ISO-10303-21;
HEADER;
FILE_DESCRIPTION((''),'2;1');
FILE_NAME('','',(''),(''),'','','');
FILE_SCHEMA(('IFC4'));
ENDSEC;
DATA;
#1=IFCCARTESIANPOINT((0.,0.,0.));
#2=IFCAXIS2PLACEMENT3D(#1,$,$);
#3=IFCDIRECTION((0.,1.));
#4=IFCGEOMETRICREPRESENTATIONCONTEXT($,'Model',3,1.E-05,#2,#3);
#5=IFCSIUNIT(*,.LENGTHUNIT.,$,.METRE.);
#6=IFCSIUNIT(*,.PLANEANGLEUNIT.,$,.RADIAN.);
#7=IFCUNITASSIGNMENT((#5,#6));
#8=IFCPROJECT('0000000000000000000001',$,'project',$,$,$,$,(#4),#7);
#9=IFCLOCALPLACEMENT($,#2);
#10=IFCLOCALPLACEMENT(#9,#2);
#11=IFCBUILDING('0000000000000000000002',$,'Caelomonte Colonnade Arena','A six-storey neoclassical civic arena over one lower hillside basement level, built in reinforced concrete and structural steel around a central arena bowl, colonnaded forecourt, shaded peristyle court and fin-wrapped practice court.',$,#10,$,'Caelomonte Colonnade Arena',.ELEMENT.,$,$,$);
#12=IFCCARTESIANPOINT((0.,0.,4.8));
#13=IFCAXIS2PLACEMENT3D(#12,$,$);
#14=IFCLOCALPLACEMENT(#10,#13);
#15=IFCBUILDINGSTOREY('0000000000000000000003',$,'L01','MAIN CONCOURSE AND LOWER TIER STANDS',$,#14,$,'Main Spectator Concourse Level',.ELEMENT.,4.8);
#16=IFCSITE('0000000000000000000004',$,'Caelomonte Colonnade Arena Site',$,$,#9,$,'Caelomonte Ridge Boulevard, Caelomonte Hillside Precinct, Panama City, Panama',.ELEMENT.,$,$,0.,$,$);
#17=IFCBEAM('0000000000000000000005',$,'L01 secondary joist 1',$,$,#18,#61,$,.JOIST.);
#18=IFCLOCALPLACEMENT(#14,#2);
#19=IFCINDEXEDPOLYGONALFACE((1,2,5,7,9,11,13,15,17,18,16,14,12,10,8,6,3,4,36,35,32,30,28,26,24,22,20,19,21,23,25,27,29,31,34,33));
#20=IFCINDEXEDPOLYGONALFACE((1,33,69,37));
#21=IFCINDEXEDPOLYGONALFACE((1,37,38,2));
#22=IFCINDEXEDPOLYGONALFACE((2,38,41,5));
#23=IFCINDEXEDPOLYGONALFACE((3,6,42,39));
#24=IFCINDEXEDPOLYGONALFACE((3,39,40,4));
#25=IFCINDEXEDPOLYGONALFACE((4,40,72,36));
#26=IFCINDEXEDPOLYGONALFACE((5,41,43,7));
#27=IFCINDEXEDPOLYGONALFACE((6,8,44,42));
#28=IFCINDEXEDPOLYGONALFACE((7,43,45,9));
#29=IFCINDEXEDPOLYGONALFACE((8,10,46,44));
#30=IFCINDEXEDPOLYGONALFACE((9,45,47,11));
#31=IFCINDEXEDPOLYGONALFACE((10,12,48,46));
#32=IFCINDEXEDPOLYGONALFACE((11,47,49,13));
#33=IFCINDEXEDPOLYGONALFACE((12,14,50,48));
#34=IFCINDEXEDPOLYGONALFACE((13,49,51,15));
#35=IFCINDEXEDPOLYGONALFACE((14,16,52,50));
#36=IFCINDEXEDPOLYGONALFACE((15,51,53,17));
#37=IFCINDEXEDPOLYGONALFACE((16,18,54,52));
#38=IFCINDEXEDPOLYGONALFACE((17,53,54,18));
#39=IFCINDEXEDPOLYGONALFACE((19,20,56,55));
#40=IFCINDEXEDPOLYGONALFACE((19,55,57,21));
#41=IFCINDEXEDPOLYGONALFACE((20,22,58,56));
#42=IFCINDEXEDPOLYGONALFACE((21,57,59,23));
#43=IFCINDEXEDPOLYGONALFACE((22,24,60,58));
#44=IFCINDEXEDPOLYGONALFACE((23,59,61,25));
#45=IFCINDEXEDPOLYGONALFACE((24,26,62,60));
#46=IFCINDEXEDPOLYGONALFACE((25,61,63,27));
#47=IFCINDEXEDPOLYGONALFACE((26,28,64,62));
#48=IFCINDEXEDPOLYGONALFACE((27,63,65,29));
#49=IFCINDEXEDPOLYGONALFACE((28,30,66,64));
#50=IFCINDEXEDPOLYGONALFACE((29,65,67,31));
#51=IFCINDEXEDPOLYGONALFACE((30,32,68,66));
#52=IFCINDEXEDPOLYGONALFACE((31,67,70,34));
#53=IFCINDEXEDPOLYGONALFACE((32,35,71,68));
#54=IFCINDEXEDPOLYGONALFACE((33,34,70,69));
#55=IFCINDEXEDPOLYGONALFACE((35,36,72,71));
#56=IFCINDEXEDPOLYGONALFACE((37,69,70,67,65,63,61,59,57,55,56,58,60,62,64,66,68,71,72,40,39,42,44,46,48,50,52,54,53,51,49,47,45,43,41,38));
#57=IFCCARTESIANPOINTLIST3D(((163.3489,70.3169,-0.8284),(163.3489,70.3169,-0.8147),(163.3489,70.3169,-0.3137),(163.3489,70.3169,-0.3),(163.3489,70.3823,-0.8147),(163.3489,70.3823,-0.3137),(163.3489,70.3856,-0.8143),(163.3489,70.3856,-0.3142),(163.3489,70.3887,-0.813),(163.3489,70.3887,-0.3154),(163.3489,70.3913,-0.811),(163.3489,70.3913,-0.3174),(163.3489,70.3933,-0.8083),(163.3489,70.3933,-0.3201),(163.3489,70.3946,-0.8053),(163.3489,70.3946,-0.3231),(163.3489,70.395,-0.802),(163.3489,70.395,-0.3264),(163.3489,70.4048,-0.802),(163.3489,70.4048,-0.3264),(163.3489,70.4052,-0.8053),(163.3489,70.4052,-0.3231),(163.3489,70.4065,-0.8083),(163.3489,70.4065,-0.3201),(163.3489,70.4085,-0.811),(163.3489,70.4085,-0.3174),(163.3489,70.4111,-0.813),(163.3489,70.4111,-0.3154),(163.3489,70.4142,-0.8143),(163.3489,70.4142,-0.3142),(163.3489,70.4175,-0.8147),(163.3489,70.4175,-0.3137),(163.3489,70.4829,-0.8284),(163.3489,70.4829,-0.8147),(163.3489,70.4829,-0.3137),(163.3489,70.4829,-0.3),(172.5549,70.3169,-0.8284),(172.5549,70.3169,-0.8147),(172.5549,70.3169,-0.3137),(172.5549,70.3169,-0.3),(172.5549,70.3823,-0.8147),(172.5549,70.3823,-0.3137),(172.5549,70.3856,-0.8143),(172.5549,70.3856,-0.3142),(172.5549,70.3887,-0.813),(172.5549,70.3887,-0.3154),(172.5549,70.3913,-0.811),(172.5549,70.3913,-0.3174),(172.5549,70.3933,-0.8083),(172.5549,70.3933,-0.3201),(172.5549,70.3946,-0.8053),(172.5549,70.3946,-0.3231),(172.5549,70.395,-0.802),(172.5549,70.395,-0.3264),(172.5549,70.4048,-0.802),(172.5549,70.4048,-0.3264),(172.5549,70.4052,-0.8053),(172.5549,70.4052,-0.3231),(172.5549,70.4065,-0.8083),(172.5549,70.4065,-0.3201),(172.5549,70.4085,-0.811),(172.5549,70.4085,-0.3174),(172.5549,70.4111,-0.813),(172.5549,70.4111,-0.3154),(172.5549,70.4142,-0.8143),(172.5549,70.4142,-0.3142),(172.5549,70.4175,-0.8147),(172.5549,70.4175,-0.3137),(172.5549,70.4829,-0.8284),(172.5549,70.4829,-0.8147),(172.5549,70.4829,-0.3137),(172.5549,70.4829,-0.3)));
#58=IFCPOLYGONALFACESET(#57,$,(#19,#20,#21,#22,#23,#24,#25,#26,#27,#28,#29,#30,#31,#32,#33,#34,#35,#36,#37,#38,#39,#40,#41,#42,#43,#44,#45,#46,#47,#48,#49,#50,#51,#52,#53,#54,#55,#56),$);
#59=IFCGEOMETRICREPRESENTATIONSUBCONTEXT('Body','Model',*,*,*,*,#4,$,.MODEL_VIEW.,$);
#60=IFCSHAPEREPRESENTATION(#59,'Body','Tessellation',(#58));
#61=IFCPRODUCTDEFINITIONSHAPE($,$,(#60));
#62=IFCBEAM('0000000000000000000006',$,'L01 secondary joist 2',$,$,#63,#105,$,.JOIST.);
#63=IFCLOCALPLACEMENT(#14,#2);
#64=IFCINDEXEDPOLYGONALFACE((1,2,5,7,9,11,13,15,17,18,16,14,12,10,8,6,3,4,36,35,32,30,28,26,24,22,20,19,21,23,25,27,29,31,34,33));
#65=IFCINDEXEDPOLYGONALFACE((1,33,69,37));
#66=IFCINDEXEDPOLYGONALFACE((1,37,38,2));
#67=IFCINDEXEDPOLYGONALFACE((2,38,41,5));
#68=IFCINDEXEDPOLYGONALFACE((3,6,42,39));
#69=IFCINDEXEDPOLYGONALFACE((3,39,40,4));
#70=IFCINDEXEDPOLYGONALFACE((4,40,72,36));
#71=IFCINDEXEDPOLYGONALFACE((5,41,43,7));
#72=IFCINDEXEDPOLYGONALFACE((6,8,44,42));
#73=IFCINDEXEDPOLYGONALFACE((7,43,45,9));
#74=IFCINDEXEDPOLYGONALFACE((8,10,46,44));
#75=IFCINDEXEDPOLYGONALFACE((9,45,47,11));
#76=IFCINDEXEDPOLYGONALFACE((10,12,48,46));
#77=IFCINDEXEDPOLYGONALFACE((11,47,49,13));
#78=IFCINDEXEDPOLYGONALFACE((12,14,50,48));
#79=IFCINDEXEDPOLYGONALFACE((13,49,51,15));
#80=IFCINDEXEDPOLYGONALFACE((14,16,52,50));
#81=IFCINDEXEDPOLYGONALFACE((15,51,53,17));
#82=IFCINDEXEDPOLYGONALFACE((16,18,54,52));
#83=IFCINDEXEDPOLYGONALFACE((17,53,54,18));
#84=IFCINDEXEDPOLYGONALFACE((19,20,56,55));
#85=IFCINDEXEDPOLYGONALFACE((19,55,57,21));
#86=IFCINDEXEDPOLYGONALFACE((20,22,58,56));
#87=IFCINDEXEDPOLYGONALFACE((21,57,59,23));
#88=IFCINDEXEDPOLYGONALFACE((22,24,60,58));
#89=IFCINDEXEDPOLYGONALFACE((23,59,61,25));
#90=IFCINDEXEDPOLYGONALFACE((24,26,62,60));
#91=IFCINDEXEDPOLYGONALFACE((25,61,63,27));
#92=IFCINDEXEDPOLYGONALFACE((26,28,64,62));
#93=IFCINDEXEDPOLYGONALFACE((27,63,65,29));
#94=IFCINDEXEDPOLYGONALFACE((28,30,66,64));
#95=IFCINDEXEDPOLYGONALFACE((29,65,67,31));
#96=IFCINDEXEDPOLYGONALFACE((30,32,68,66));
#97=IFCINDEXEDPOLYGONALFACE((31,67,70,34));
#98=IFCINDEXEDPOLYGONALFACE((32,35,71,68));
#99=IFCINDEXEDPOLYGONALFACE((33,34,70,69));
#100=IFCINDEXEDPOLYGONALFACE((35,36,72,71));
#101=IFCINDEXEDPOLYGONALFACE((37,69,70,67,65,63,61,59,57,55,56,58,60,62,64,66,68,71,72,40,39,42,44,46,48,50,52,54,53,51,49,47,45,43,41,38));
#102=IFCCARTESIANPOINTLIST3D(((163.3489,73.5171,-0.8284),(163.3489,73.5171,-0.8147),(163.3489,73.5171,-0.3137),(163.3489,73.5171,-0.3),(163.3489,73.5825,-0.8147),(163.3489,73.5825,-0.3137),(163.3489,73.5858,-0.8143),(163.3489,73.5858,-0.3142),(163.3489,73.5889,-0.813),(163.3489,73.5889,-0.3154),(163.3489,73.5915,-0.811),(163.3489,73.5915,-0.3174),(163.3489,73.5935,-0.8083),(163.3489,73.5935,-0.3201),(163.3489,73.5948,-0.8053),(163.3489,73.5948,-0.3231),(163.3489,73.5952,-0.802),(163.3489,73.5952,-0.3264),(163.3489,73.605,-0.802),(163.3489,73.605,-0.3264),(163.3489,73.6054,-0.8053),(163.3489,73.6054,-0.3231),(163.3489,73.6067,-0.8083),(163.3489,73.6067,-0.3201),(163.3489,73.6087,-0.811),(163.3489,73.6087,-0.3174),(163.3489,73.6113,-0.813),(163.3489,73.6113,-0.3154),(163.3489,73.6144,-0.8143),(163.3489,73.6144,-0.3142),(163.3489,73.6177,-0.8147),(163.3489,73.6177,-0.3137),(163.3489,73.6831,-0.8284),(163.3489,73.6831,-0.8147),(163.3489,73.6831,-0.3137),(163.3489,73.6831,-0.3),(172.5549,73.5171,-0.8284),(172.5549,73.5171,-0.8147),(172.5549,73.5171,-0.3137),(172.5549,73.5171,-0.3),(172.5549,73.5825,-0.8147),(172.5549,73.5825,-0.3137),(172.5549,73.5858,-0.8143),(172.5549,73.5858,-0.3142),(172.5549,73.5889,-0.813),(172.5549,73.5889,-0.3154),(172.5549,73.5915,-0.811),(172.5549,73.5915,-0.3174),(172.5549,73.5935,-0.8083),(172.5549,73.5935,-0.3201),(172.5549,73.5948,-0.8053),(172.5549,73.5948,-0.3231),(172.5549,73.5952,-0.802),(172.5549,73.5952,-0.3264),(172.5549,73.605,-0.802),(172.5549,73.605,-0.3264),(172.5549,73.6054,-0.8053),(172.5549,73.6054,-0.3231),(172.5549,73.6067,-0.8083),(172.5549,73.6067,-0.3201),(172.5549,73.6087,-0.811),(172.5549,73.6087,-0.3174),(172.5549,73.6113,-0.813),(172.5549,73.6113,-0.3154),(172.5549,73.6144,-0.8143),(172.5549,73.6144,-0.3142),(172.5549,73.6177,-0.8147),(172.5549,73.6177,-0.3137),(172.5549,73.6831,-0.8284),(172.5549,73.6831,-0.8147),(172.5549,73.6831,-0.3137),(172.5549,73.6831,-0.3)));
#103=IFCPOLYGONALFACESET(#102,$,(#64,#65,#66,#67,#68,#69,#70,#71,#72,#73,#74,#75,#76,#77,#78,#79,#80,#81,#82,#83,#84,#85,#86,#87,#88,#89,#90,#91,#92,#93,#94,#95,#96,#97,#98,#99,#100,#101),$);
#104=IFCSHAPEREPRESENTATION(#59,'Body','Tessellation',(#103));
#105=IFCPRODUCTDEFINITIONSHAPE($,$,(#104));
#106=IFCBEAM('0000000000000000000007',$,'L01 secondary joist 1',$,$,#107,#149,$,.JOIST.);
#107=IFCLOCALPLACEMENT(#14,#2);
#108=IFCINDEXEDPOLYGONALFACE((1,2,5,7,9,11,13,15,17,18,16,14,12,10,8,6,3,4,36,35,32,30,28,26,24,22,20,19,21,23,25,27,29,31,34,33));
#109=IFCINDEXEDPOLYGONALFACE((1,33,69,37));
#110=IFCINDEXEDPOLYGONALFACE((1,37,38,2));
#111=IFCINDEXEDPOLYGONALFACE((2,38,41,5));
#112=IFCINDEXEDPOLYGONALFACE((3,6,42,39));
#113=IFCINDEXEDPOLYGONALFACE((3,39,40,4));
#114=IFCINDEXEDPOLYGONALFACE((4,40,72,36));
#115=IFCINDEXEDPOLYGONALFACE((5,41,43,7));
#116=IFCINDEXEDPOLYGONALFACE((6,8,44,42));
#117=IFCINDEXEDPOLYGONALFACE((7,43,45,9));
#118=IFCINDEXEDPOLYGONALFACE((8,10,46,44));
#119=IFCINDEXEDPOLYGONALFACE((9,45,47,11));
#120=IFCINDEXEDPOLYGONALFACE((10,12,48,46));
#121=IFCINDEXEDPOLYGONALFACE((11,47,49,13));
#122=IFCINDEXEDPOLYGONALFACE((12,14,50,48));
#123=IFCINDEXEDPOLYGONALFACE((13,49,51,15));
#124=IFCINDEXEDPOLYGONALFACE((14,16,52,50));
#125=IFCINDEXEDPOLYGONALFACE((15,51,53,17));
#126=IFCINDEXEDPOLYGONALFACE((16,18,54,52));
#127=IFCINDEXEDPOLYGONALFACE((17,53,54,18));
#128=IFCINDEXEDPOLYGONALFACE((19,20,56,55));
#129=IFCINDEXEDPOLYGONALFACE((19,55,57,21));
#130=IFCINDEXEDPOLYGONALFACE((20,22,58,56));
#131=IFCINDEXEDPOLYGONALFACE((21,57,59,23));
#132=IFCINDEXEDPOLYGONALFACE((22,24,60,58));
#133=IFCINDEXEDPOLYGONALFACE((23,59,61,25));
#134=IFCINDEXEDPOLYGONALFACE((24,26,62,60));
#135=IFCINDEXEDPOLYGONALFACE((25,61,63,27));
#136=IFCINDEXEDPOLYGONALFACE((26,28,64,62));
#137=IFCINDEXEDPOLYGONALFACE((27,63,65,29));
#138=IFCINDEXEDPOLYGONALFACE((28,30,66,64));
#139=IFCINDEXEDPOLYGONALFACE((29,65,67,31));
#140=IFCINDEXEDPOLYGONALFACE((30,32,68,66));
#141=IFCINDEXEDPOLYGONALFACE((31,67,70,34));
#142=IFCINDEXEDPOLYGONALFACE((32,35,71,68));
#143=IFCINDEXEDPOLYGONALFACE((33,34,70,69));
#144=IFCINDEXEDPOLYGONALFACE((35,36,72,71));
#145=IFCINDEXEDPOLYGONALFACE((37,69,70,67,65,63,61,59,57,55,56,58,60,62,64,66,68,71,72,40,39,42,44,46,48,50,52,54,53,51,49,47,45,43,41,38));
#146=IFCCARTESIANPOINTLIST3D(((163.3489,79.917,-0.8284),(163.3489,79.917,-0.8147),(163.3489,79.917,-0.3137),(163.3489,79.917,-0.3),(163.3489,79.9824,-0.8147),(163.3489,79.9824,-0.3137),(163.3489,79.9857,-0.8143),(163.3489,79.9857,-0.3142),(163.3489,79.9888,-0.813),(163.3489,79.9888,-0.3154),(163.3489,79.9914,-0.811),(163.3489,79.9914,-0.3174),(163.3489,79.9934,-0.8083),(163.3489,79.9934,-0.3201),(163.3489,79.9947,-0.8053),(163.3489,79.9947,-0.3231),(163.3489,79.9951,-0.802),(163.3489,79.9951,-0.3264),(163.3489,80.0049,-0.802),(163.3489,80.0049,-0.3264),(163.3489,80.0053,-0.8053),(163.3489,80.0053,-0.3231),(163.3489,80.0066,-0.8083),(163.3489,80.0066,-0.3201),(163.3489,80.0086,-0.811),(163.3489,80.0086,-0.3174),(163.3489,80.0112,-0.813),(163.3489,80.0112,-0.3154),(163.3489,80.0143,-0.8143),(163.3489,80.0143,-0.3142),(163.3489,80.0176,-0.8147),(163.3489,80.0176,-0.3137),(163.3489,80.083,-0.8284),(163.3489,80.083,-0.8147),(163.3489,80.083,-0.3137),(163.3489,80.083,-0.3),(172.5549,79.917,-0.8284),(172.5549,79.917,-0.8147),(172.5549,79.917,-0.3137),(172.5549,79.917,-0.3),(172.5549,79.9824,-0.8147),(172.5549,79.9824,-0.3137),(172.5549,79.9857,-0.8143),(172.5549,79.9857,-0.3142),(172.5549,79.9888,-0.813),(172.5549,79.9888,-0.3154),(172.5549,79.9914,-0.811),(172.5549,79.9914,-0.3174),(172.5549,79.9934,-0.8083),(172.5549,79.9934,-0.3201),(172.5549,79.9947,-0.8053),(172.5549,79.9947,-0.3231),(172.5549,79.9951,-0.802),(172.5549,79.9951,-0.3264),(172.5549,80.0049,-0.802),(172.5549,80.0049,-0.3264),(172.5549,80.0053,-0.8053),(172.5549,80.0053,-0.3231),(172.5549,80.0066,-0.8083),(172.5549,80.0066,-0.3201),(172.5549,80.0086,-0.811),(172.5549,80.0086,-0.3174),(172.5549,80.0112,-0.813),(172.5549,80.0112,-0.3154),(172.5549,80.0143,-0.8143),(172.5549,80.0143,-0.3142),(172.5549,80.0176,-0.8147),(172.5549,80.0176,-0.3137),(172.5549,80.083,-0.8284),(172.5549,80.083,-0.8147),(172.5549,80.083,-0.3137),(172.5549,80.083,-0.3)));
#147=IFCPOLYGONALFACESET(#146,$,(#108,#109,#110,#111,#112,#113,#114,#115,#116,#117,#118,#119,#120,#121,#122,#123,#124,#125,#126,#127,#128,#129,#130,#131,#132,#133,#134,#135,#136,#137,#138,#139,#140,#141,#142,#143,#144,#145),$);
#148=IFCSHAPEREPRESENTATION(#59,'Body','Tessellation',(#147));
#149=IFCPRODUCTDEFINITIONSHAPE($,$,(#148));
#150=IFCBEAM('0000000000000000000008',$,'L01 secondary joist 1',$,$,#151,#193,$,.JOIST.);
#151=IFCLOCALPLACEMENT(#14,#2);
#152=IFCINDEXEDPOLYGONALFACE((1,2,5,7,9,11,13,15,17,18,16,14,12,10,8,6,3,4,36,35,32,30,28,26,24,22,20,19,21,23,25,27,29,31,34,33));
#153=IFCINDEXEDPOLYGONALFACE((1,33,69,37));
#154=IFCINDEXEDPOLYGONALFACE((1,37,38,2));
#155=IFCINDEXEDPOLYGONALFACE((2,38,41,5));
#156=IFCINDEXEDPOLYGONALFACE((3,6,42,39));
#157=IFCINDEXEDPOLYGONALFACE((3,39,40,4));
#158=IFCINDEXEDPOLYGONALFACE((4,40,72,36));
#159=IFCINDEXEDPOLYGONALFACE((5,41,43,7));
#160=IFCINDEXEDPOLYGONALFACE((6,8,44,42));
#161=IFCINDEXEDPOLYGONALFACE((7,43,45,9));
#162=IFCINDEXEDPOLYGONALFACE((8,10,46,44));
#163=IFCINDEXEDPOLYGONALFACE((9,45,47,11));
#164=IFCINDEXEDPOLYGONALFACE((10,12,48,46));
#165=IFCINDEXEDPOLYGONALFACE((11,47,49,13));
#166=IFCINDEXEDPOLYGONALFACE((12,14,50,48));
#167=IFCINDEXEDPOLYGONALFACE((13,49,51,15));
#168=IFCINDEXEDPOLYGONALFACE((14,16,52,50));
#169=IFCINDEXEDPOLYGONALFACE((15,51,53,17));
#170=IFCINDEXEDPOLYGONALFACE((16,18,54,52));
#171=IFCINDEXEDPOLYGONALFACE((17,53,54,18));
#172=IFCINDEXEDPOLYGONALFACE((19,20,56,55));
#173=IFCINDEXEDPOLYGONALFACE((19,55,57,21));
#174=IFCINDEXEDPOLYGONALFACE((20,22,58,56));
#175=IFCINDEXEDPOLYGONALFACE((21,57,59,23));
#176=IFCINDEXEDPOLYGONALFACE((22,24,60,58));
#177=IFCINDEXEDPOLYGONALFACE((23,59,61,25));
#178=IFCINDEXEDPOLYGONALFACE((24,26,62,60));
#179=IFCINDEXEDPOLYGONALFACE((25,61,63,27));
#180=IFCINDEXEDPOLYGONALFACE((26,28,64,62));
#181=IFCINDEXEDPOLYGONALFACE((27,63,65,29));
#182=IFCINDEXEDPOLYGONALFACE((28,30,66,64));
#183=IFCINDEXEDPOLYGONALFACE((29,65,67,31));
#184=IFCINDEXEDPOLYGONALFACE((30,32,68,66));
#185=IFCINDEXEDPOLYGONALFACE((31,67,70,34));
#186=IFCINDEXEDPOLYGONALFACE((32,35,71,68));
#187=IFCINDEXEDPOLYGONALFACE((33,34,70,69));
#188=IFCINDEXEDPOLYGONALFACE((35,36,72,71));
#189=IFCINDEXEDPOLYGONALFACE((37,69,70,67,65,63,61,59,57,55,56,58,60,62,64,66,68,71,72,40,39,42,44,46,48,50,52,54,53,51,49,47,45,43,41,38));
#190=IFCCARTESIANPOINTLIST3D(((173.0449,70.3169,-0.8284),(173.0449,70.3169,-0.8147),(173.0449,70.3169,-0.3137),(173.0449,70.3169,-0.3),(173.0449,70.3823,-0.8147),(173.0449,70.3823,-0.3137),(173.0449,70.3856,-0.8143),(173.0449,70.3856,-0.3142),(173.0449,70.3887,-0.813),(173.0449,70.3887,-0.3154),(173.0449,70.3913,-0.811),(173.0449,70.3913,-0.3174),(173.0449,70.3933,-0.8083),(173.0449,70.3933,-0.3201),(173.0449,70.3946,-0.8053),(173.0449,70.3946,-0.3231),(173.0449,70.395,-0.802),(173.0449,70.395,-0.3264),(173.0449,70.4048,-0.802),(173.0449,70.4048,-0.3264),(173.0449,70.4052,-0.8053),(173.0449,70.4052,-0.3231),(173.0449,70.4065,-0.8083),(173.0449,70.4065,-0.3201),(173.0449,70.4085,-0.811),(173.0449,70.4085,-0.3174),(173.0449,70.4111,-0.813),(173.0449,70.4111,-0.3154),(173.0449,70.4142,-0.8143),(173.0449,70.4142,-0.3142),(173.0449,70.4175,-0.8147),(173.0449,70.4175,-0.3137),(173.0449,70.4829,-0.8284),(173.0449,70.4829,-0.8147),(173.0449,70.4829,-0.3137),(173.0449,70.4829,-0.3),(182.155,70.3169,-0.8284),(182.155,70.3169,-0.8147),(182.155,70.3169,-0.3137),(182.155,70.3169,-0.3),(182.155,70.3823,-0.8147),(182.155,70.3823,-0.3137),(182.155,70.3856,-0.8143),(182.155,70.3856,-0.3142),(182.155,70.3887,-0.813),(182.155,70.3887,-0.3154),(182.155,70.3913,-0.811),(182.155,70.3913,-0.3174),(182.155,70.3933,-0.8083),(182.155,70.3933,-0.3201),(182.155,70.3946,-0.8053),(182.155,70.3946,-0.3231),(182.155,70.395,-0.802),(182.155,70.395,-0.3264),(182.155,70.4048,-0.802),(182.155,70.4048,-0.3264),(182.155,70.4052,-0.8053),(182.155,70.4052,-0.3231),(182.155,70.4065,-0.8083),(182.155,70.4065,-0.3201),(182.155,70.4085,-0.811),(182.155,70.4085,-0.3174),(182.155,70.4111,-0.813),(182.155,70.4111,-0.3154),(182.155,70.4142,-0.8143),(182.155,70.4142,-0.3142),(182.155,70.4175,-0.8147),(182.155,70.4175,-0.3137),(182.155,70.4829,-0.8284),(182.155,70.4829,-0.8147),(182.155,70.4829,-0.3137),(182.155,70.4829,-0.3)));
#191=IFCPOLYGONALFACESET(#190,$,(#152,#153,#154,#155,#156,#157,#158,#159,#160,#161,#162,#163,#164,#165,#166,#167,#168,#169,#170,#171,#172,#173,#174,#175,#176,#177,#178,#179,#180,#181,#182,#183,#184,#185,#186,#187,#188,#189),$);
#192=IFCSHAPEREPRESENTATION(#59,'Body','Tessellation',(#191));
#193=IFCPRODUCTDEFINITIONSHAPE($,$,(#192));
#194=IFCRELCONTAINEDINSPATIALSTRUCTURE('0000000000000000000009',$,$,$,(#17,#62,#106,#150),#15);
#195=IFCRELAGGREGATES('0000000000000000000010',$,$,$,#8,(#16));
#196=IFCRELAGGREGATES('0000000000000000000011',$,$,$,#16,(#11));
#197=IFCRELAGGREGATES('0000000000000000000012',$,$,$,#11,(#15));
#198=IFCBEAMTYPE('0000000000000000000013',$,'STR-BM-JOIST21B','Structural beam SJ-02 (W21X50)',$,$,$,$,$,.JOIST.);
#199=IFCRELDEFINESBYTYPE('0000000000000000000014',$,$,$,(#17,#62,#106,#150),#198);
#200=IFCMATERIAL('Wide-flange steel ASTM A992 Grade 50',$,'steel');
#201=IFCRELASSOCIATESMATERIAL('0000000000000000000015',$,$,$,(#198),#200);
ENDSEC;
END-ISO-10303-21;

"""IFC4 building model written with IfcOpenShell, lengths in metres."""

from ifc_helpers import new_model, si_unit, direction, frame, origin, origin_2d, place, context, subcontext, project, spatial, i_section, extrude, material, material_profile, profile_set, type_object, element, save


model = new_model("IFC4")

# Units and contexts
model_context = context("Model", 3, precision=1e-05, world=origin(), true_north=direction((0.0, 1.0)))
body_context = subcontext(model_context, "Body", "Model", "MODEL_VIEW")
ifc_project = project(units=[si_unit("LENGTHUNIT", "METRE"), si_unit("PLANEANGLEUNIT", "RADIAN")], contexts=[model_context])

# Site, building, storey
site_placement = place(None, origin())
site = spatial("IfcSite", under=ifc_project, at=site_placement, Name="Caelomonte Colonnade Arena Site", LongName="Caelomonte Ridge Boulevard, Caelomonte Hillside Precinct, Panama City, Panama", CompositionType="ELEMENT", RefElevation=0.0)
building_placement = place(site_placement, origin())
building = spatial("IfcBuilding", under=site, at=building_placement, Name="Caelomonte Colonnade Arena", Description="A six-storey neoclassical civic arena over one lower hillside basement level, built in reinforced concrete and structural steel around a central arena bowl, colonnaded forecourt, shaded peristyle court and fin-wrapped practice court.", LongName="Caelomonte Colonnade Arena", CompositionType="ELEMENT")
storey_placement = place(building_placement, frame((0.0, 0.0, 4.8)))
storey = spatial("IfcBuildingStorey", under=building, at=storey_placement, Name="L01", Description="MAIN CONCOURSE AND LOWER TIER STANDS", LongName="Main Spectator Concourse Level", CompositionType="ELEMENT", Elevation=4.8)

# Beams
ifc_material_1 = material(Name="Wide-flange steel ASTM A992 Grade 50", Category="steel")
ifc_material_profile_1 = material_profile(ifc_material_1, i_section(OverallWidth=0.166, OverallDepth=0.5283, WebThickness=0.0098, FlangeThickness=0.0137, FilletRadius=0.0127, at=origin_2d()), Name="W21X50")
ifc_profile_set_1 = profile_set([ifc_material_profile_1], Name="Wide-flange steel ASTM A992 Grade 50")
beam_type_1 = type_object("IfcBeamType", Name="STR-BM-JOIST21B", Description="Structural beam SJ-02 (W21X50)", PredefinedType="JOIST", material=ifc_profile_set_1)
for number, where, z_axis, x_axis, name in (
    (1, (163.3489, 70.3999, -0.5642), (1.0, 0.0, 0.0), (0.0, 1.0, 0.0), "L01 secondary joist 1"),
    (2, (163.3489, 73.6001, -0.5642), (1.0, 0.0, 0.0), (0.0, 1.0, 0.0), "L01 secondary joist 2"),
    (3, (163.3489, 80.0, -0.5642), (1.0, 0.0, 0.0), (0.0, 1.0, 0.0), "L01 secondary joist 1"),
):
    element("IfcBeam", number, at=place(storey_placement, frame(where, z_axis=z_axis, x_axis=x_axis)), inside=storey, type_object=beam_type_1, Name=name, PredefinedType="JOIST", context=body_context, shape_type="SweptSolid", body=[
        extrude(i_section(OverallWidth=0.166, OverallDepth=0.5283, WebThickness=0.0098, FlangeThickness=0.0137, FilletRadius=0.0127, at=origin_2d()), origin(), (0.0, 0.0, 1.0), 9.2061),
    ])
for number, where, z_axis, x_axis, name in (
    (4, (173.0449, 70.3999, -0.5642), (1.0, 0.0, 0.0), (0.0, 1.0, 0.0), "L01 secondary joist 1"),
):
    element("IfcBeam", number, at=place(storey_placement, frame(where, z_axis=z_axis, x_axis=x_axis)), inside=storey, type_object=beam_type_1, Name=name, PredefinedType="JOIST", context=body_context, shape_type="SweptSolid", body=[
        extrude(i_section(OverallWidth=0.166, OverallDepth=0.5283, WebThickness=0.0098, FlangeThickness=0.0137, FilletRadius=0.0127, at=origin_2d()), origin(), (0.0, 0.0, 1.0), 9.1101),
    ])

save(model, "model.ifc")
